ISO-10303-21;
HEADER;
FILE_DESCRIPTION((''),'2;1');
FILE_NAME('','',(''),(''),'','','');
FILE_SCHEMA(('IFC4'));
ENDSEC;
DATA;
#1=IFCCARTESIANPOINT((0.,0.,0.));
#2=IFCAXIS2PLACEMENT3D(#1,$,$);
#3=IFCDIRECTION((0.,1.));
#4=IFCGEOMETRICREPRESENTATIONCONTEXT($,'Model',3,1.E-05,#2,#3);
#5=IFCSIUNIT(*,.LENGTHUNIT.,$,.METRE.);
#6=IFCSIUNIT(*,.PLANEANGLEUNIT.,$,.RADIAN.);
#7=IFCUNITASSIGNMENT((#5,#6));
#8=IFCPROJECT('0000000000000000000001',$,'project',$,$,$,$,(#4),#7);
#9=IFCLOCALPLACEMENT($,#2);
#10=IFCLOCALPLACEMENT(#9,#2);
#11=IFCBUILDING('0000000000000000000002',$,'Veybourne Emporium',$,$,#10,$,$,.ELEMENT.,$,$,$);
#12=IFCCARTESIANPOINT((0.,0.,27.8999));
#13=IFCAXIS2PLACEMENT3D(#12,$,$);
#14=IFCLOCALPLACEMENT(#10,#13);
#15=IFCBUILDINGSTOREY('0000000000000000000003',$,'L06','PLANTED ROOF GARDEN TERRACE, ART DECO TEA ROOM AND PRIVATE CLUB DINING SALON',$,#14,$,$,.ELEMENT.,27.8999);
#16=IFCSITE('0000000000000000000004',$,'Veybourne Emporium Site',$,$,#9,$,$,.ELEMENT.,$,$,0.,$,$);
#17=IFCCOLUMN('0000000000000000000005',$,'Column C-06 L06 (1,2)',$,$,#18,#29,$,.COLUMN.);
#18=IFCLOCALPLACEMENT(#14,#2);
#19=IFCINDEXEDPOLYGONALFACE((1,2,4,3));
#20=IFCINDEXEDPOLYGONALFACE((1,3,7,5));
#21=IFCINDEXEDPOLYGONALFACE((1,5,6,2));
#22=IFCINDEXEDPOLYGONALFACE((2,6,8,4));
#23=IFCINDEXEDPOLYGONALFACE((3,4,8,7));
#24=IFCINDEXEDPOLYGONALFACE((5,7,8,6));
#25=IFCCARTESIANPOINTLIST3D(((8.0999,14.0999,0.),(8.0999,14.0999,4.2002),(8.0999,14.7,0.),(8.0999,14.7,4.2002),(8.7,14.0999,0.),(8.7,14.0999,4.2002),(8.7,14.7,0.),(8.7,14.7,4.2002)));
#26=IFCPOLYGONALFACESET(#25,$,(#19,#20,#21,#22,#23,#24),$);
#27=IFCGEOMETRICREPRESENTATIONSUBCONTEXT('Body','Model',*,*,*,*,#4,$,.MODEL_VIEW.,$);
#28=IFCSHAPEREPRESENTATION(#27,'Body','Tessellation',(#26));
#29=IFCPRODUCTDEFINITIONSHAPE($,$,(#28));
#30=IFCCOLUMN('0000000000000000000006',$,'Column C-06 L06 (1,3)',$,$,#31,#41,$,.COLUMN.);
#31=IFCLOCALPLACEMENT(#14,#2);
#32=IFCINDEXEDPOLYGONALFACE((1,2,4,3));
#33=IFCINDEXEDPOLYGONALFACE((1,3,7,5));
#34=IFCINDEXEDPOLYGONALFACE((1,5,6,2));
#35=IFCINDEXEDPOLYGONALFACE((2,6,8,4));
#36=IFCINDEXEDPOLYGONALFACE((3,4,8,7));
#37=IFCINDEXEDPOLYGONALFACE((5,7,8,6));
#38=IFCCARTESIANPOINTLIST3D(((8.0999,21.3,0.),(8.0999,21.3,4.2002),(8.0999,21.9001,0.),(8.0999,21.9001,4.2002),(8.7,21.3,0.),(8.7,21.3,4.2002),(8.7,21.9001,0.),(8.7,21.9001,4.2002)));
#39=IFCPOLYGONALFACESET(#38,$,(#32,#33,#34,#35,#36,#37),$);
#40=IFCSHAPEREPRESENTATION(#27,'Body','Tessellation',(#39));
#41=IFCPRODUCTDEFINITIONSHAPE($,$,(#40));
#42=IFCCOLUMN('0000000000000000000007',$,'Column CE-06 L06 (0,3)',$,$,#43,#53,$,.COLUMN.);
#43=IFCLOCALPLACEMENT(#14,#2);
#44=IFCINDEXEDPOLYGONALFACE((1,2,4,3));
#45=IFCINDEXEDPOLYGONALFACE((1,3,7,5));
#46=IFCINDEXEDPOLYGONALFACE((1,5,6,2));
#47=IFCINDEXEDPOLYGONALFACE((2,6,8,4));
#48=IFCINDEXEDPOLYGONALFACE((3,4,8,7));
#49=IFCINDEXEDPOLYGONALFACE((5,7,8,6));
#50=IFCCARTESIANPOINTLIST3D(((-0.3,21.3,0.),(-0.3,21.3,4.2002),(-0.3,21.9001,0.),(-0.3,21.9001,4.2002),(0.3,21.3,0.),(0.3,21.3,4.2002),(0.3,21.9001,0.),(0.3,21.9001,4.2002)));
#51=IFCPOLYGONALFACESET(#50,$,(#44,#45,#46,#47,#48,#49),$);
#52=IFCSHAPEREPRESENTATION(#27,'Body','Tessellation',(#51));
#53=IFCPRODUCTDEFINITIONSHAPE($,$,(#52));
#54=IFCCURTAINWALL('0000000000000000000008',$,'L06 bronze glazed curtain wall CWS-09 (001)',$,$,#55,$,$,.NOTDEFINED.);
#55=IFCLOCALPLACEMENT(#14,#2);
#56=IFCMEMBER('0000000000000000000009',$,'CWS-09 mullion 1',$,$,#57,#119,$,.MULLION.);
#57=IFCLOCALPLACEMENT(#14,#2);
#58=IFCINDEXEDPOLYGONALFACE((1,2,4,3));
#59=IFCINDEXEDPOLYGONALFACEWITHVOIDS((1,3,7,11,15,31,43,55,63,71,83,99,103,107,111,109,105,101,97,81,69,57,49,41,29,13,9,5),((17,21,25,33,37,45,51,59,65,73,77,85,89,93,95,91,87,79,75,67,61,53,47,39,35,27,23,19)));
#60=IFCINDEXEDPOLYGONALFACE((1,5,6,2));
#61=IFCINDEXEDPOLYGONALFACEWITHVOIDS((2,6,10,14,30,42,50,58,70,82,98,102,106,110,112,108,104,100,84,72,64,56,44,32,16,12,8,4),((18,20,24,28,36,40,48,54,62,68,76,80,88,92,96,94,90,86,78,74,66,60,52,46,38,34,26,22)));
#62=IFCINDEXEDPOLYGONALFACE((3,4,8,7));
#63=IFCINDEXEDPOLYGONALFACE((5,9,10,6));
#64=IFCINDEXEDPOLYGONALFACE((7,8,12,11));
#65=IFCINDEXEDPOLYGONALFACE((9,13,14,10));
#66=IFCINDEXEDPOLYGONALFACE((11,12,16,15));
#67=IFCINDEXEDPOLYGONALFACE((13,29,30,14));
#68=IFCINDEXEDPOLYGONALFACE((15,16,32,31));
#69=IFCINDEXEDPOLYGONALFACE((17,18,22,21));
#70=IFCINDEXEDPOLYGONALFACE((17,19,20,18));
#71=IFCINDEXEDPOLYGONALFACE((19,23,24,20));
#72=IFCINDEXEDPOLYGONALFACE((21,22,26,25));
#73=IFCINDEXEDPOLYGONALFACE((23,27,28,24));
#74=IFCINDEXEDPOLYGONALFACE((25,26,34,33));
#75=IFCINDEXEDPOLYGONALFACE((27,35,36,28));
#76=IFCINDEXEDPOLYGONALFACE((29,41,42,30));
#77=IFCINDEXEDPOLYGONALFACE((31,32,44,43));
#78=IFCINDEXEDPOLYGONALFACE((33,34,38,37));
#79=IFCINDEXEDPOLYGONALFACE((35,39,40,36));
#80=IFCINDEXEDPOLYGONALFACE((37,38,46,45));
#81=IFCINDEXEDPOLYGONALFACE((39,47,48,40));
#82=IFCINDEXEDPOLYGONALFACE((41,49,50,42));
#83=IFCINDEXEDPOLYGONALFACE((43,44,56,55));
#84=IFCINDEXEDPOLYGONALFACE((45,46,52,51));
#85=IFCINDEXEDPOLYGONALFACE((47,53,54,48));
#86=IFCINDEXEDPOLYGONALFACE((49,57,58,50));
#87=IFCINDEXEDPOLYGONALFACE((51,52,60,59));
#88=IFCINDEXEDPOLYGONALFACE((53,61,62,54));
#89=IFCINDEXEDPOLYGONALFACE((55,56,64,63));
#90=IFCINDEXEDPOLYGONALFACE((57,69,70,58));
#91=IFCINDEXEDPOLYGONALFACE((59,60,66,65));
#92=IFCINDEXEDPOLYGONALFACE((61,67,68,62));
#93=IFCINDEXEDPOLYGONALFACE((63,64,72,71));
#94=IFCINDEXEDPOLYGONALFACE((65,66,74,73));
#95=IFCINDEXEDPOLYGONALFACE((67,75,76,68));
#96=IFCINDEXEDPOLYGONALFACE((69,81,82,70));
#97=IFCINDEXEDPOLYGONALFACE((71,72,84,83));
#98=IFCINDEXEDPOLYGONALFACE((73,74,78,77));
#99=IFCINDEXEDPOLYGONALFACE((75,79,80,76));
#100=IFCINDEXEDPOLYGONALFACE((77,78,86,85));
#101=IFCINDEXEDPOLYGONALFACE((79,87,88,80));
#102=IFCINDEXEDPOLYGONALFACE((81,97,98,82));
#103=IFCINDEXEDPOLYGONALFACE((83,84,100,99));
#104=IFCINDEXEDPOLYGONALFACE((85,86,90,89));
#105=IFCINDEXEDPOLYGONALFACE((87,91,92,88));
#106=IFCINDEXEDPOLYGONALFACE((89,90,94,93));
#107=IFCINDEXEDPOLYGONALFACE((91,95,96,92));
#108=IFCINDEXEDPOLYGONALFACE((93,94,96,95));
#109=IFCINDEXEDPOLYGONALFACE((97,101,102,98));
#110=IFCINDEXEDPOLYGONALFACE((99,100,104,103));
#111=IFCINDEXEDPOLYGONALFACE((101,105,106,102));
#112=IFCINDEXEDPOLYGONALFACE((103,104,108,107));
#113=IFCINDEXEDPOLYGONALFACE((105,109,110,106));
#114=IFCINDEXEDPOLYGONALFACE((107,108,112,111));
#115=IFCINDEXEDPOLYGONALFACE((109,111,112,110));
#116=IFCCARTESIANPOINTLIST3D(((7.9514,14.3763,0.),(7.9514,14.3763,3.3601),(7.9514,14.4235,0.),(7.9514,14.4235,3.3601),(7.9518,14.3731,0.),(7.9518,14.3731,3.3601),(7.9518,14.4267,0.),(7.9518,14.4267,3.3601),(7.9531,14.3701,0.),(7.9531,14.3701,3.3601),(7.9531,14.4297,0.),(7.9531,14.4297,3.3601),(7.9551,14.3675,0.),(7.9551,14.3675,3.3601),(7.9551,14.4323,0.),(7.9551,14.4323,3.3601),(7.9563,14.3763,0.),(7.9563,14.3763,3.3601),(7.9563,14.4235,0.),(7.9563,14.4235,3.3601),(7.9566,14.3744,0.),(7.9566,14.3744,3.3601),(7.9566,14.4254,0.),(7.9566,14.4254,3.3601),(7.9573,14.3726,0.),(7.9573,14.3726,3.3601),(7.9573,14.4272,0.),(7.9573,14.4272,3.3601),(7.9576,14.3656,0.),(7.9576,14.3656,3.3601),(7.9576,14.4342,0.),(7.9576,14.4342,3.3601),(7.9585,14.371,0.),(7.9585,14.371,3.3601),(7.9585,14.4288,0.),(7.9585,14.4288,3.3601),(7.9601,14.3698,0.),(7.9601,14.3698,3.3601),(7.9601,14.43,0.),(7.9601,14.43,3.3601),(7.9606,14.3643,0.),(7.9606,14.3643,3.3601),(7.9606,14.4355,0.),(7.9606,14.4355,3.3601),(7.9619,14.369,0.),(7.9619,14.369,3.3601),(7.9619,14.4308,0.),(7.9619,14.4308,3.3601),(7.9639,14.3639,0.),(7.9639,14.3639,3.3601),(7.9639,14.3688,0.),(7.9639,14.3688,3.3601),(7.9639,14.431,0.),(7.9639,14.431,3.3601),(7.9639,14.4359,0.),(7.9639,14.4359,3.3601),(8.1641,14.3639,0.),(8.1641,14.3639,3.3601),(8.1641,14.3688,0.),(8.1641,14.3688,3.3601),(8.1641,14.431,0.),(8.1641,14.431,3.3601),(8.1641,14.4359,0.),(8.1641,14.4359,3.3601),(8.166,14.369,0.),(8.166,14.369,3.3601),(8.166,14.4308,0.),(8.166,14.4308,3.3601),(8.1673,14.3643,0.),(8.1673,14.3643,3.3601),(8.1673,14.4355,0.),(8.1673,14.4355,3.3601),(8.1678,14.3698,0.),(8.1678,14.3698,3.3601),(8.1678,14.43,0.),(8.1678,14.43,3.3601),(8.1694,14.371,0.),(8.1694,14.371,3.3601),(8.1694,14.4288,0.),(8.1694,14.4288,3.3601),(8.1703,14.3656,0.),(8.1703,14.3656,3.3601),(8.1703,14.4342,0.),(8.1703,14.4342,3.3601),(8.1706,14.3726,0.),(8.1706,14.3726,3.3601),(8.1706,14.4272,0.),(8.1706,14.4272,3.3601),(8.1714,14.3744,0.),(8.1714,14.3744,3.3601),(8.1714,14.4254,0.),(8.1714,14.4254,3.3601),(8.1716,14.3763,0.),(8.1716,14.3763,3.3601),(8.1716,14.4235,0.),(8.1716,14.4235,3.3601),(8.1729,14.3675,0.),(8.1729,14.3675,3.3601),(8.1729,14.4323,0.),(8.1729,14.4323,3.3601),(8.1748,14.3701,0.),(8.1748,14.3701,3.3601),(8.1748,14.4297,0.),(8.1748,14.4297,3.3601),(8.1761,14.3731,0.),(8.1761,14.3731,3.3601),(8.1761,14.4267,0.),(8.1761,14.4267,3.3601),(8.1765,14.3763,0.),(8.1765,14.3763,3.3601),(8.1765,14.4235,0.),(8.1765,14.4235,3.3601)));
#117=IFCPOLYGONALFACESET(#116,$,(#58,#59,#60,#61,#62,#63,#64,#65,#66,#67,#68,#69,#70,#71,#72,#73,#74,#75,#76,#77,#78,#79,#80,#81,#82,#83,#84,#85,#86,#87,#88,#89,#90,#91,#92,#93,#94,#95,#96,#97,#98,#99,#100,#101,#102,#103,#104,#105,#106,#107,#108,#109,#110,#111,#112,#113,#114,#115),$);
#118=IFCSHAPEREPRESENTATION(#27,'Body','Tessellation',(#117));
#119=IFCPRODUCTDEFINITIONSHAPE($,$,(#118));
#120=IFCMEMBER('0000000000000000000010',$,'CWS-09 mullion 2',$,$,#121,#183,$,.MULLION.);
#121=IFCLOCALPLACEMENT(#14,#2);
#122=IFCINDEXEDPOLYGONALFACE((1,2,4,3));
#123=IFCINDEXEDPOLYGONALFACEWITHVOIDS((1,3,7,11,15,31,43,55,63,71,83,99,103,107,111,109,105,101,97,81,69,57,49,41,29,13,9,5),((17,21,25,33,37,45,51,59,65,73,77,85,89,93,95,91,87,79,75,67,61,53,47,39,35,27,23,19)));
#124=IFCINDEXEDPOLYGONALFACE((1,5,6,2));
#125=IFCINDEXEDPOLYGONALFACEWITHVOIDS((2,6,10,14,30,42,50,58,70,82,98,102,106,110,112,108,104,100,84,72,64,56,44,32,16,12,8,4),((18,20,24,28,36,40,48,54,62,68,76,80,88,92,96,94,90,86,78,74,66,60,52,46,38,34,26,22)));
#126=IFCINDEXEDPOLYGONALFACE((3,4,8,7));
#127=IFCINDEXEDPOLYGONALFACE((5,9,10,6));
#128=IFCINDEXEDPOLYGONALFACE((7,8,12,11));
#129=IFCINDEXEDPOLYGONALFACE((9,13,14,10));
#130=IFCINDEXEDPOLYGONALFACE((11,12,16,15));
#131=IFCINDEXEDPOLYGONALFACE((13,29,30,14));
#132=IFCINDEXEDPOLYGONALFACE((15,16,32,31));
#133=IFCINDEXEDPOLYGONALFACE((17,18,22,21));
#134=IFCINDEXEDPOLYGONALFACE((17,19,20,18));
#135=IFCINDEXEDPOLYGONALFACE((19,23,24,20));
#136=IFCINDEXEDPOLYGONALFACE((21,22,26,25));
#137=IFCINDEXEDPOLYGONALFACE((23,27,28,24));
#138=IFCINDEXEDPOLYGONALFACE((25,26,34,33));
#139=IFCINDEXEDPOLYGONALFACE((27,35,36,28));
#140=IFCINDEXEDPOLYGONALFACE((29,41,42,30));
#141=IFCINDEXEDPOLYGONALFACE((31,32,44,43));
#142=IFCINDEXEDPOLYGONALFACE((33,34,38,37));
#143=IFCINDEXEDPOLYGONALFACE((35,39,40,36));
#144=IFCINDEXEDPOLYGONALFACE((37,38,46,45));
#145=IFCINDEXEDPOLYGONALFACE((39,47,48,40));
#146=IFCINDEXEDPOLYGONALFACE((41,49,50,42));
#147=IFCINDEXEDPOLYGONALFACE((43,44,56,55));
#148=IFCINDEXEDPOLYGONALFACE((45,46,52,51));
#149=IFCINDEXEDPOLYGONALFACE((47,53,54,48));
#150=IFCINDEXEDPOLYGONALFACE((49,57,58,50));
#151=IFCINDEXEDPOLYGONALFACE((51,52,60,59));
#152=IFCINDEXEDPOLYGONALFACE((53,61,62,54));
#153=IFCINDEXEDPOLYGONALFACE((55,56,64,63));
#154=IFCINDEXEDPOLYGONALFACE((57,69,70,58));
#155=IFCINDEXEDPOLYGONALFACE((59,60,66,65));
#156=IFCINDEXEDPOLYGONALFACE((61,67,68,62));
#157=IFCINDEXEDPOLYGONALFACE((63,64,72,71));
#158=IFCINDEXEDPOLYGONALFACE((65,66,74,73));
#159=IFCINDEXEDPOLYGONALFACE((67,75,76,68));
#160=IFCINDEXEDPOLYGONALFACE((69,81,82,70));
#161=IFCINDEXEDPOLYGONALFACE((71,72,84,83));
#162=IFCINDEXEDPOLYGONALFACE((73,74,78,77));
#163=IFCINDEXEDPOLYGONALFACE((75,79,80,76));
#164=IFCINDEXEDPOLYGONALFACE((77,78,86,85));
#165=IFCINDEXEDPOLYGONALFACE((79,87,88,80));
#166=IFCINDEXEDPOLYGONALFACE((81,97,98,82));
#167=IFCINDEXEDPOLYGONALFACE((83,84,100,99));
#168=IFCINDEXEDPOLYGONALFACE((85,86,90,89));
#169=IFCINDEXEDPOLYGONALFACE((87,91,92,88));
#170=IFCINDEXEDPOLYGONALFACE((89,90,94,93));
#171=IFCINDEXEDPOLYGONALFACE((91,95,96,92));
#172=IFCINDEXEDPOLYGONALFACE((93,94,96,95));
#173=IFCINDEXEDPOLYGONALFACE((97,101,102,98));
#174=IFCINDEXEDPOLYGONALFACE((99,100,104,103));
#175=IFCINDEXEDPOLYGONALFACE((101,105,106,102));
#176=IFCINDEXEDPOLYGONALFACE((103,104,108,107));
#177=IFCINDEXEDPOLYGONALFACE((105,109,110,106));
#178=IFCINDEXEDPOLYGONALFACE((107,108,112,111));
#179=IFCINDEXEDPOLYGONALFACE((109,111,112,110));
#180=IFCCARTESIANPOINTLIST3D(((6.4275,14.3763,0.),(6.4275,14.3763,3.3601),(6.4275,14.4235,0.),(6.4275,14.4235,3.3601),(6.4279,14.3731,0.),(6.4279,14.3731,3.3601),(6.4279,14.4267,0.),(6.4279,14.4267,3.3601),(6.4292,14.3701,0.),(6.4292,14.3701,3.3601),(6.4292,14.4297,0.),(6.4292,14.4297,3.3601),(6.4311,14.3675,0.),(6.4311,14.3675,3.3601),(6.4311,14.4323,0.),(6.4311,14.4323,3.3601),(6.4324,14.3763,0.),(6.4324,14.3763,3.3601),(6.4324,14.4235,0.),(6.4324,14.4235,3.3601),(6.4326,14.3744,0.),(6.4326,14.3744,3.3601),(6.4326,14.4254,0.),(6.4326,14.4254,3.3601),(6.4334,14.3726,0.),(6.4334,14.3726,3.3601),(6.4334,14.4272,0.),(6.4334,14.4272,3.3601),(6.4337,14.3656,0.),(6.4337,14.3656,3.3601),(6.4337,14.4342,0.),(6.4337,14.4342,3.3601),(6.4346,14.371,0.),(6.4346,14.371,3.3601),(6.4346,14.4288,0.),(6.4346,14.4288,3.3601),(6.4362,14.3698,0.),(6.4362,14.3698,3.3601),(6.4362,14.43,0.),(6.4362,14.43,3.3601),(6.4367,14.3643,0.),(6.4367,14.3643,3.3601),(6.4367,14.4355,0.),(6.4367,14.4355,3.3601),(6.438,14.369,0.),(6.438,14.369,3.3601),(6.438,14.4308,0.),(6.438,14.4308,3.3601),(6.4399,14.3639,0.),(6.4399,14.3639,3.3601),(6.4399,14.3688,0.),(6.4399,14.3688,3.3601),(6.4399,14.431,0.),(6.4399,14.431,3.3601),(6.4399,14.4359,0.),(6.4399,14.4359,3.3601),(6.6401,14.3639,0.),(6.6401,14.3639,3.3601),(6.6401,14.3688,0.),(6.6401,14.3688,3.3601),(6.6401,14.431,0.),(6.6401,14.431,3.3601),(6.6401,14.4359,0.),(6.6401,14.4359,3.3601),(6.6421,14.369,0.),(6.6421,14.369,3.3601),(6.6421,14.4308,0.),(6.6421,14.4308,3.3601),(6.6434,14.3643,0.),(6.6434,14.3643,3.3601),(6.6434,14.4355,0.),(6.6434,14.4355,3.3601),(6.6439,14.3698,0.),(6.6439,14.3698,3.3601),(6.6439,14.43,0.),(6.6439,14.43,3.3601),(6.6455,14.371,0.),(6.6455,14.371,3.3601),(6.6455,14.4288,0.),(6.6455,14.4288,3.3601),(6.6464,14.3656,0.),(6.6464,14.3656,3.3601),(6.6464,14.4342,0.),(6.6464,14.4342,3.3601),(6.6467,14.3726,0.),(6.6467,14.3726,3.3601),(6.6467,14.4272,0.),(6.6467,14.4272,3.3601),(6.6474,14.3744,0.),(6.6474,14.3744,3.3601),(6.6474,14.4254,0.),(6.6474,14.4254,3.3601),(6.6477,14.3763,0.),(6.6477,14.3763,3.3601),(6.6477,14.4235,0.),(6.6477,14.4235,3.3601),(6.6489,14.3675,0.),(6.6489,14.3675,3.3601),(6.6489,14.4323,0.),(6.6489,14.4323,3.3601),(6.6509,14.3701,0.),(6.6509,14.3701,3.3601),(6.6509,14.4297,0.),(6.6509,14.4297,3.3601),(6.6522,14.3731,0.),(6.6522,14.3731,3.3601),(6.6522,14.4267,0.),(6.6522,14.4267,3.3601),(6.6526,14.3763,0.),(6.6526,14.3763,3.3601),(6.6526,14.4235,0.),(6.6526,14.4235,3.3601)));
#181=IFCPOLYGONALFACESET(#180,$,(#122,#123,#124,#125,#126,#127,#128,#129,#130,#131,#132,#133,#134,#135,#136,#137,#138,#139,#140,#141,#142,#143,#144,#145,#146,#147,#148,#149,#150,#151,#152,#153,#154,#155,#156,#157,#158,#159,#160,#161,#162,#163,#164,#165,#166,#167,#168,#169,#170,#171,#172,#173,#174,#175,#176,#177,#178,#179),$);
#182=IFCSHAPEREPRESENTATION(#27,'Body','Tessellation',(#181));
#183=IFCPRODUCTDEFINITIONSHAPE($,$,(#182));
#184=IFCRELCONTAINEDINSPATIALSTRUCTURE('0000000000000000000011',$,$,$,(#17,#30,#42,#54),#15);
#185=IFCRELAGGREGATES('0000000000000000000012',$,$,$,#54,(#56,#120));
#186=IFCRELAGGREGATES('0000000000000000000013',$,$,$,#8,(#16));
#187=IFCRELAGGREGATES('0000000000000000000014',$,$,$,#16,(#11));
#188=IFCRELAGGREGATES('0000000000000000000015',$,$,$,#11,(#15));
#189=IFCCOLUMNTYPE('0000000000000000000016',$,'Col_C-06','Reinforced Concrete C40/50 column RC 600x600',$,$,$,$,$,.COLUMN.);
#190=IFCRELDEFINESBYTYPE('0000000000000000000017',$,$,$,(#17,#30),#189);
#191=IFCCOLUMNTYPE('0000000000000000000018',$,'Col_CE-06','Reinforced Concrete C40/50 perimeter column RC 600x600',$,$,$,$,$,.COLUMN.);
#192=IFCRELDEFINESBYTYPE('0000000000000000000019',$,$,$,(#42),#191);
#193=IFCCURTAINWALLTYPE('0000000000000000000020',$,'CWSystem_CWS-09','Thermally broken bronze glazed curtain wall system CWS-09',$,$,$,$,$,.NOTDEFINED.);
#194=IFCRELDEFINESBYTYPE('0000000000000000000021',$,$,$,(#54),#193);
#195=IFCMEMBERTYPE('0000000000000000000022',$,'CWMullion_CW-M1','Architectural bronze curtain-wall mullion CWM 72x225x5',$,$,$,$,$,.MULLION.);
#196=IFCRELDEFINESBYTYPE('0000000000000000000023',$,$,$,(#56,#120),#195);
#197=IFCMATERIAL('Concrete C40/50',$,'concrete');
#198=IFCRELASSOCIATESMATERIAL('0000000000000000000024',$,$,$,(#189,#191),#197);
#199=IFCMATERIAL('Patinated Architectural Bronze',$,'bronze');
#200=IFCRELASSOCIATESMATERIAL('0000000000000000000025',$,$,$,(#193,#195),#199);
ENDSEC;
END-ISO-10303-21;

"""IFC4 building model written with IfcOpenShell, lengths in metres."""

from ifc_helpers import new_model, si_unit, direction, frame, origin, origin_2d, place, context, subcontext, project, spatial, rectangle, hollow_rectangle, extrude, material, material_profile, profile_set, type_object, element, aggregate, save


model = new_model("IFC4")

# Units and contexts
model_context = context("Model", 3, precision=1e-05, world=origin(), true_north=direction((0.0, 1.0)))
body_context = subcontext(model_context, "Body", "Model", "MODEL_VIEW")
ifc_project = project(units=[si_unit("LENGTHUNIT", "METRE"), si_unit("PLANEANGLEUNIT", "RADIAN")], contexts=[model_context])

# Site, building, storey
site_placement = place(None, origin())
site = spatial("IfcSite", under=ifc_project, at=site_placement, Name="Veybourne Emporium Site", CompositionType="ELEMENT", RefElevation=0.0)
building_placement = place(site_placement, origin())
building = spatial("IfcBuilding", under=site, at=building_placement, Name="Veybourne Emporium", CompositionType="ELEMENT")
storey_placement = place(building_placement, frame((0.0, 0.0, 27.8999)))
storey = spatial("IfcBuildingStorey", under=building, at=storey_placement, Name="L06", Description="PLANTED ROOF GARDEN TERRACE, ART DECO TEA ROOM AND PRIVATE CLUB DINING SALON", CompositionType="ELEMENT", Elevation=27.8999)

# Columns
ifc_material_1 = material(Name="Concrete C40/50", Category="concrete")
ifc_material_profile_1 = material_profile(ifc_material_1, rectangle(XDim=0.6001, YDim=0.6001, at=origin_2d()), Name="RC 600x600")
ifc_profile_set_1 = profile_set([ifc_material_profile_1], Name="Concrete C40/50")
column_type_1 = type_object("IfcColumnType", Name="Col_C-06", Description="Reinforced Concrete C40/50 column RC 600x600", PredefinedType="COLUMN", material=ifc_profile_set_1)
for number, where, z_axis, x_axis, name in (
    (1, (8.3999, 14.3999, 0.0), (0.0, 0.0, 1.0), (1.0, 0.0, 0.0), "Column C-06 L06 (1,2)"),
    (2, (8.3999, 21.6001, 0.0), (0.0, 0.0, 1.0), (1.0, 0.0, 0.0), "Column C-06 L06 (1,3)"),
):
    element("IfcColumn", number, at=place(storey_placement, frame(where, z_axis=z_axis, x_axis=x_axis)), inside=storey, type_object=column_type_1, Name=name, PredefinedType="COLUMN", context=body_context, shape_type="SweptSolid", body=[
        extrude(rectangle(XDim=0.6001, YDim=0.6001, at=origin_2d()), origin(), (0.0, 0.0, 1.0), 4.2002),
    ])
ifc_material_profile_2 = material_profile(ifc_material_1, rectangle(XDim=0.6001, YDim=0.6001, at=origin_2d()), Name="RC 600x600")
ifc_profile_set_2 = profile_set([ifc_material_profile_2], Name="Concrete C40/50")
column_type_2 = type_object("IfcColumnType", Name="Col_CE-06", Description="Reinforced Concrete C40/50 perimeter column RC 600x600", PredefinedType="COLUMN", material=ifc_profile_set_2)
column_placement = place(storey_placement, frame((0.0, 21.6001, 0.0), z_axis=(0.0, 0.0, 1.0), x_axis=(1.0, 0.0, 0.0)))
element("IfcColumn", 3, at=column_placement, inside=storey, type_object=column_type_2, Name="Column CE-06 L06 (0,3)", PredefinedType="COLUMN", context=body_context, shape_type="SweptSolid", body=[
    extrude(rectangle(XDim=0.6001, YDim=0.6001, at=origin_2d()), origin(), (0.0, 0.0, 1.0), 4.2002),
])

# Curtain wall, members
ifc_material_2 = material(Name="Patinated Architectural Bronze", Category="bronze")
curtain_wall_type_1 = type_object("IfcCurtainWallType", Name="CWSystem_CWS-09", Description="Thermally broken bronze glazed curtain wall system CWS-09", PredefinedType="NOTDEFINED", material=ifc_material_2)
curtain_wall_1_placement = place(storey_placement, origin())
curtain_wall_1 = element("IfcCurtainWall", 4, at=curtain_wall_1_placement, inside=storey, type_object=curtain_wall_type_1, Name="L06 bronze glazed curtain wall CWS-09 (001)", PredefinedType="NOTDEFINED")
ifc_material_profile_3 = material_profile(ifc_material_2, hollow_rectangle(XDim=0.072, YDim=0.2251, WallThickness=0.0049, InnerFilletRadius=0.0076, OuterFilletRadius=0.0125, at=origin_2d()), Name="CWM 72x225x5")
ifc_profile_set_3 = profile_set([ifc_material_profile_3], Name="Patinated Architectural Bronze")
member_type_1 = type_object("IfcMemberType", Name="CWMullion_CW-M1", Description="Architectural bronze curtain-wall mullion CWM 72x225x5", PredefinedType="MULLION", material=ifc_profile_set_3)
member_1_placement = place(storey_placement, frame((8.064, 14.3999, 0.0), z_axis=(0.0, 0.0, 1.0), x_axis=(0.0, -1.0, 0.0)))
member_1 = element("IfcMember", 5, at=member_1_placement, type_object=member_type_1, Name="CWS-09 mullion 1", PredefinedType="MULLION", context=body_context, shape_type="SweptSolid", body=[
    extrude(hollow_rectangle(XDim=0.072, YDim=0.2251, WallThickness=0.0049, InnerFilletRadius=0.0076, OuterFilletRadius=0.0125, at=origin_2d()), origin(), (0.0, 0.0, 1.0), 3.3601),
])
member_2_placement = place(storey_placement, frame((6.54, 14.3999, 0.0), z_axis=(0.0, 0.0, 1.0), x_axis=(0.0, -1.0, 0.0)))
member_2 = element("IfcMember", 6, at=member_2_placement, type_object=member_type_1, Name="CWS-09 mullion 2", PredefinedType="MULLION", context=body_context, shape_type="SweptSolid", body=[
    extrude(hollow_rectangle(XDim=0.072, YDim=0.2251, WallThickness=0.0049, InnerFilletRadius=0.0076, OuterFilletRadius=0.0125, at=origin_2d()), origin(), (0.0, 0.0, 1.0), 3.3601),
])

aggregate(curtain_wall_1, [member_1, member_2])

save(model, "model.ifc")
